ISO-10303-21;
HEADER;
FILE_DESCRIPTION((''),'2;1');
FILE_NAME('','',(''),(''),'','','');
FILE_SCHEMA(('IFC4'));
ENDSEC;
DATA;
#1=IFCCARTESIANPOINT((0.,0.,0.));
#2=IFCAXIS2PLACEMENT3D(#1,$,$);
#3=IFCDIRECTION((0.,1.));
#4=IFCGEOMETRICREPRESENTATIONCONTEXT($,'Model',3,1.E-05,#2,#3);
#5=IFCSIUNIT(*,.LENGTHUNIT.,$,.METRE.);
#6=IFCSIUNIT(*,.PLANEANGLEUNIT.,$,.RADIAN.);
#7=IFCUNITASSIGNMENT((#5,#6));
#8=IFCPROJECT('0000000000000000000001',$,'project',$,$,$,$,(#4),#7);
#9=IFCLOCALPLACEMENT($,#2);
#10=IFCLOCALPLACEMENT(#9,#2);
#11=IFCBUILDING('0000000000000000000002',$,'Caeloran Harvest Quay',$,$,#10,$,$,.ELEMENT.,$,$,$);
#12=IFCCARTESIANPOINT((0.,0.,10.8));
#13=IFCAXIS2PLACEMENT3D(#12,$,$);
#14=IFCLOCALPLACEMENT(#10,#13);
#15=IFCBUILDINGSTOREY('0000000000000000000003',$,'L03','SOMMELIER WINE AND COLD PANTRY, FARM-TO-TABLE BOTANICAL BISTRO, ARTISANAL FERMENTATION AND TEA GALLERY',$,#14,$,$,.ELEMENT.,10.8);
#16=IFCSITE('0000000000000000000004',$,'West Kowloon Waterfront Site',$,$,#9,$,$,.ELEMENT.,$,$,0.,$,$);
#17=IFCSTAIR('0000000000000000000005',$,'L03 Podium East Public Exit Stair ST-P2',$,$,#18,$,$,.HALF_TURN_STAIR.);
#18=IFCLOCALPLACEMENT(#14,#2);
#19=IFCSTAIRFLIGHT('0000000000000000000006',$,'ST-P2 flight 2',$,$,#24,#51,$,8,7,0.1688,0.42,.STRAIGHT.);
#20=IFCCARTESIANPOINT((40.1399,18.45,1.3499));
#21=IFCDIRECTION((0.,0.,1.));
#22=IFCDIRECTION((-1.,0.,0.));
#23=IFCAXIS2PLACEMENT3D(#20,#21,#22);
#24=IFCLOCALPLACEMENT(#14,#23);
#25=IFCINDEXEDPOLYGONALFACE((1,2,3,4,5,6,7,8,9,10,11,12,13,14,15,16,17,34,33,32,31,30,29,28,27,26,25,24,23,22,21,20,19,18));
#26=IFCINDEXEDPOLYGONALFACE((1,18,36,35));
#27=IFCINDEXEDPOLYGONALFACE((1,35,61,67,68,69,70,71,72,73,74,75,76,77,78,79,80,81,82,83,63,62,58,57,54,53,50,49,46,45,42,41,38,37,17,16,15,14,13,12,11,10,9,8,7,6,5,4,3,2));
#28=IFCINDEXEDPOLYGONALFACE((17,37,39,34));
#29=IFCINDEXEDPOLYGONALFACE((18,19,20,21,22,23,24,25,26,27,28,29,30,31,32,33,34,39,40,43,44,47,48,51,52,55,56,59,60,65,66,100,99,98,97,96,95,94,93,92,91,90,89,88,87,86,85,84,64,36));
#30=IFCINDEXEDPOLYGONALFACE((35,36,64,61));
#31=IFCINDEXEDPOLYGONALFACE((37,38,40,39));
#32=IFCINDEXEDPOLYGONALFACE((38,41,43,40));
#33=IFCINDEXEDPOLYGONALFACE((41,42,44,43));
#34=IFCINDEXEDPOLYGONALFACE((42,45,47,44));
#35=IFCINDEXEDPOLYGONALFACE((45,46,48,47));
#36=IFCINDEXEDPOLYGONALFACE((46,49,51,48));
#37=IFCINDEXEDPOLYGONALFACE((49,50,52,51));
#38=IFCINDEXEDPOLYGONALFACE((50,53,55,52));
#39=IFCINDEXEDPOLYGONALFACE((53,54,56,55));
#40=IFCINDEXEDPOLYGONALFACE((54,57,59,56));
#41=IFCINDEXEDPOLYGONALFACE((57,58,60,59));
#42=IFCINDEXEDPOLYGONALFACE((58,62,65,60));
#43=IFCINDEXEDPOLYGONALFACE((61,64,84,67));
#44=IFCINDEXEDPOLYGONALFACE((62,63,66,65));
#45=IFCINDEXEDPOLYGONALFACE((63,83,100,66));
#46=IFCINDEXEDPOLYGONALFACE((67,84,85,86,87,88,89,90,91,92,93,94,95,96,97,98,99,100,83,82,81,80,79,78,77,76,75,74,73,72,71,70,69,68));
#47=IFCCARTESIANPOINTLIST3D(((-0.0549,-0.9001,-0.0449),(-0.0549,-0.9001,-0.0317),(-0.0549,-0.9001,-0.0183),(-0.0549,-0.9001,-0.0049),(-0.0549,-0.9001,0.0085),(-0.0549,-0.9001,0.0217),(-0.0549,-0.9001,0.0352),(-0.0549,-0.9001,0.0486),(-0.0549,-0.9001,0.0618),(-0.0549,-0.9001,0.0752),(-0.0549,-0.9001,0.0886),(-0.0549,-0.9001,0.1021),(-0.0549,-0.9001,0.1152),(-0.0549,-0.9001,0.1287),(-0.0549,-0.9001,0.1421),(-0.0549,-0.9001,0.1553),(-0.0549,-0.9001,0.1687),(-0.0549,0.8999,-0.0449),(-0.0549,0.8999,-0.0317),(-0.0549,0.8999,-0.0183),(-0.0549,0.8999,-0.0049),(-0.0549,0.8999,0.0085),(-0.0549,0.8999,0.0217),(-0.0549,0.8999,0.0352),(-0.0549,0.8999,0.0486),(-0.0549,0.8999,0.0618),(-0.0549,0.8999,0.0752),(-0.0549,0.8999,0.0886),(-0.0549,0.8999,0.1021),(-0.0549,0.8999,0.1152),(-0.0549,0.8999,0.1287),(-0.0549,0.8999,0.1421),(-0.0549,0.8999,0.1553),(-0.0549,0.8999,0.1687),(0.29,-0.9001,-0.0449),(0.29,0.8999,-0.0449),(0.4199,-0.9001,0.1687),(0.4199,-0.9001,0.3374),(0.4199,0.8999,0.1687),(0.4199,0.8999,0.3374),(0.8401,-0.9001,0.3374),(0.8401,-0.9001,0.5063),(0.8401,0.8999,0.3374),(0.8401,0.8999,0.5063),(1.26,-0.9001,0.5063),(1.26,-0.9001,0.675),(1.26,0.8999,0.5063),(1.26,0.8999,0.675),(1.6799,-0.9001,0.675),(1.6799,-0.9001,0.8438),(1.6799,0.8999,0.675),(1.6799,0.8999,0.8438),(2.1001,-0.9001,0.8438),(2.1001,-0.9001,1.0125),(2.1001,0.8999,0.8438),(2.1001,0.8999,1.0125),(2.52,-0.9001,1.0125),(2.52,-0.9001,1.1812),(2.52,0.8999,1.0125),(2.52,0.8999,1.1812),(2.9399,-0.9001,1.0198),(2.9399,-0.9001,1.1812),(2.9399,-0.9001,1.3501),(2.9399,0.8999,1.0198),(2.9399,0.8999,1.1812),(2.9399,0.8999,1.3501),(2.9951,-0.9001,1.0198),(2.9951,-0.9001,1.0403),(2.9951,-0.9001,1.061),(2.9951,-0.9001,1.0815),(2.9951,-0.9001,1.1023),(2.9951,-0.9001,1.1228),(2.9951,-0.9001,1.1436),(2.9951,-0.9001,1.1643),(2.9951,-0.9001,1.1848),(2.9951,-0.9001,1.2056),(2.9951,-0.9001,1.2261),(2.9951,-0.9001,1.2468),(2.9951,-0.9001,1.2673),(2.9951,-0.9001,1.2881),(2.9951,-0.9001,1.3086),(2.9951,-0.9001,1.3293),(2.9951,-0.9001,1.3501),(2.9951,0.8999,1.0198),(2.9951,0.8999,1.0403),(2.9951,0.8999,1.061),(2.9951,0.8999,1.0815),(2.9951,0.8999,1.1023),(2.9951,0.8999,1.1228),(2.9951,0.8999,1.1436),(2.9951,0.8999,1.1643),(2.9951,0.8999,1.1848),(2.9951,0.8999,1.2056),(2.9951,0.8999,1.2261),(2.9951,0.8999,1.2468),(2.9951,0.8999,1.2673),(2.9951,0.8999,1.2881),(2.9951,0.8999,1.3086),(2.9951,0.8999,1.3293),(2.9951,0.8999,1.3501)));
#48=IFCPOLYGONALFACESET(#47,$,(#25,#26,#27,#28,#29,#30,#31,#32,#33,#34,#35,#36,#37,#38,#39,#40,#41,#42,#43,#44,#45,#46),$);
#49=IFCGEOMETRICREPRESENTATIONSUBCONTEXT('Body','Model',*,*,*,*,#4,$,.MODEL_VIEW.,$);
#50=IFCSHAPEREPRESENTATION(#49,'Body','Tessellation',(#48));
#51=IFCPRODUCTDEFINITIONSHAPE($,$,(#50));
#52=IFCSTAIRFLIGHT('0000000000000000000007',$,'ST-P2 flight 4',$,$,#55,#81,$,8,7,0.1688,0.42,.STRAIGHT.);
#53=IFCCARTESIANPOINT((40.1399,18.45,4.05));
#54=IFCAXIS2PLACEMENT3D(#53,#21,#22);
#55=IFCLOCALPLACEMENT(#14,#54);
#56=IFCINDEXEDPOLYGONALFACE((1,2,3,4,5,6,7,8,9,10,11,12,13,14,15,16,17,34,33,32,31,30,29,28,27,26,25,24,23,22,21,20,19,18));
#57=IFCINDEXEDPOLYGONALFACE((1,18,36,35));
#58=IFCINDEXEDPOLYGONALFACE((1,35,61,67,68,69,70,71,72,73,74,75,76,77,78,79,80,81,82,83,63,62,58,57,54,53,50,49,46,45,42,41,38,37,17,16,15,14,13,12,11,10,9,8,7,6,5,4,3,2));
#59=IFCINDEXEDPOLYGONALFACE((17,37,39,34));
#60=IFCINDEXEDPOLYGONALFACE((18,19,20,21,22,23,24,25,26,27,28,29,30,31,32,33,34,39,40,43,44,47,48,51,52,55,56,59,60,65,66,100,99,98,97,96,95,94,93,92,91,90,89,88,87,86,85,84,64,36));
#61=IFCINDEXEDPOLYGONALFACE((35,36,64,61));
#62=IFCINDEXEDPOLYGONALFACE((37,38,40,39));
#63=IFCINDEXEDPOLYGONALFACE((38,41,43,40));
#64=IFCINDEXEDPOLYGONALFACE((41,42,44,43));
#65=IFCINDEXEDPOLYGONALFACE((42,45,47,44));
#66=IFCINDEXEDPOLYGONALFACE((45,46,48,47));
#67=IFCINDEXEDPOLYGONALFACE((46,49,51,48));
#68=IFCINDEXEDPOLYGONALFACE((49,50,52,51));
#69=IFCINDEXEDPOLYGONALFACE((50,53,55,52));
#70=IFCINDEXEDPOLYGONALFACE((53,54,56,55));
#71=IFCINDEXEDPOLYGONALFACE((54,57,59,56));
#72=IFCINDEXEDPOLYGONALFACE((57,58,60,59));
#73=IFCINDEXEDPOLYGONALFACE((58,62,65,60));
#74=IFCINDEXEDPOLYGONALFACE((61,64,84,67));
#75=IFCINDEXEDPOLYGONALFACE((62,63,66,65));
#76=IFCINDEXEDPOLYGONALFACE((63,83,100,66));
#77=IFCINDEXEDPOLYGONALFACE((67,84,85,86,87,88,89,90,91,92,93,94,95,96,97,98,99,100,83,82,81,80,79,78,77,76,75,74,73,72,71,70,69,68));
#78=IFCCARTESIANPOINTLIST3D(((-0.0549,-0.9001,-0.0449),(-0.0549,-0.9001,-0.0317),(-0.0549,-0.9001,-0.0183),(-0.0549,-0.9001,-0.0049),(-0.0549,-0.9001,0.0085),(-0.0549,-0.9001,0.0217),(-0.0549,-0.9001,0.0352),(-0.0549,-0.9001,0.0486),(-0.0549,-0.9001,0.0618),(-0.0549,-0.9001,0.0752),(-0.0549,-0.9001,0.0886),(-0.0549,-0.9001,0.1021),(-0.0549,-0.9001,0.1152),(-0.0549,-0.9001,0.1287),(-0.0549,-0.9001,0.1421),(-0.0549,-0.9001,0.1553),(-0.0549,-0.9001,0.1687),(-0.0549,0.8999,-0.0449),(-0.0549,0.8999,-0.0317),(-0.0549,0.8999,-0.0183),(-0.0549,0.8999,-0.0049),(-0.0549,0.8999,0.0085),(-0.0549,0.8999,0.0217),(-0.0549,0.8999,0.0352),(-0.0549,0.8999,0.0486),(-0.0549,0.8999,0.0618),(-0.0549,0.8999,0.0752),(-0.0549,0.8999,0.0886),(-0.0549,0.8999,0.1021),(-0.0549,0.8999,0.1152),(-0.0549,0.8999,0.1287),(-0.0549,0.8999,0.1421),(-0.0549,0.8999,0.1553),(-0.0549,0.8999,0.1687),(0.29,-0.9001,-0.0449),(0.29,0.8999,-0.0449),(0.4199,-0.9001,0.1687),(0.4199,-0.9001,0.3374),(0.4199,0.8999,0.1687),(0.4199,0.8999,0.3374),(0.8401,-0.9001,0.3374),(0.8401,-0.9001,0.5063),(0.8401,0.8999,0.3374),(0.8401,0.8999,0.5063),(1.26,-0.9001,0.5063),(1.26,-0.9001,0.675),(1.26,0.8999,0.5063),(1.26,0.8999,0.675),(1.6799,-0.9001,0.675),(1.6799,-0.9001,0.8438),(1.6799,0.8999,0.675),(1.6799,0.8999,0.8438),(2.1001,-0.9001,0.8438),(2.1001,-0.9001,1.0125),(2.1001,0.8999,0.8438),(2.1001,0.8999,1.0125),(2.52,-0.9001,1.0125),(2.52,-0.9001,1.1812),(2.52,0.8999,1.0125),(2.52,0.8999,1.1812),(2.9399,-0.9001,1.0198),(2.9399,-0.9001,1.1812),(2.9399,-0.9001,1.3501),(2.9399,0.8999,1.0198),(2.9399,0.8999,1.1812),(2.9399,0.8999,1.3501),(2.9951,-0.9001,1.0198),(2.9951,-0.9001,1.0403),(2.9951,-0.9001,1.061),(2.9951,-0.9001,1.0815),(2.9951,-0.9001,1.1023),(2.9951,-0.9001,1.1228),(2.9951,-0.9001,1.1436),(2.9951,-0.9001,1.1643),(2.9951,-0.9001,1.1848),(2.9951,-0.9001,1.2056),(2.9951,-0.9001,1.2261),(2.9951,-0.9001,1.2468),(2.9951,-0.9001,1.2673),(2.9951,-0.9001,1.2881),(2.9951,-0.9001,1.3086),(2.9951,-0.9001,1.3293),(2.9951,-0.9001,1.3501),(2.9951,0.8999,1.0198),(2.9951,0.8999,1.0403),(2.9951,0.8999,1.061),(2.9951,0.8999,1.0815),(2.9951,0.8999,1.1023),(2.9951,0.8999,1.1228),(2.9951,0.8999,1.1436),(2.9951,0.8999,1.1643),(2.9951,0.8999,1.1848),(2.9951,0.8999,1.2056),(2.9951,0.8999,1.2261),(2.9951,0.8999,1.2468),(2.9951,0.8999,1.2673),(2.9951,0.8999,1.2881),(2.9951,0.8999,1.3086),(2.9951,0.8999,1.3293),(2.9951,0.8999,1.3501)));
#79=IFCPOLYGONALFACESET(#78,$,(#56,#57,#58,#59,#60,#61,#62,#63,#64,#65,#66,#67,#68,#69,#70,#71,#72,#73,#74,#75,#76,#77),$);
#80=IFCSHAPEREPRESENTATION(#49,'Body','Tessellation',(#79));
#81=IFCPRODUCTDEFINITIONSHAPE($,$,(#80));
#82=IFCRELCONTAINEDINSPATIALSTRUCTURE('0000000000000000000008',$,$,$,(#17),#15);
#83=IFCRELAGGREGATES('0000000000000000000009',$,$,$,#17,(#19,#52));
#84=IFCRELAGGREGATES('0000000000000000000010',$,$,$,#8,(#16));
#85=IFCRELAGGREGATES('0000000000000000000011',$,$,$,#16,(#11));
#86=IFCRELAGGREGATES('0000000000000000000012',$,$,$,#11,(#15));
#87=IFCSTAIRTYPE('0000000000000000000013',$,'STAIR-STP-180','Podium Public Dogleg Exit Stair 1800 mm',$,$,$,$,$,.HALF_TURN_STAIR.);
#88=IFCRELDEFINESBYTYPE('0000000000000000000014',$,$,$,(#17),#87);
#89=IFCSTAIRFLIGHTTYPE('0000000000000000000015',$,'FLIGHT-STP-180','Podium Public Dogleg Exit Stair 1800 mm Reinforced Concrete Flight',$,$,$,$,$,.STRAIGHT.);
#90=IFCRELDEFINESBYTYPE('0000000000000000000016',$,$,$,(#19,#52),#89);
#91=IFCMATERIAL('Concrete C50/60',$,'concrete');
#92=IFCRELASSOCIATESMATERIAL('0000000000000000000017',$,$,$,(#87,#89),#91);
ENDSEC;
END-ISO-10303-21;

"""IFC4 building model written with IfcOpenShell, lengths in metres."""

from ifc_helpers import new_model, si_unit, direction, frame, origin, place, context, subcontext, project, spatial, polyline, outline, extrude, material, type_object, element, aggregate, save


model = new_model("IFC4")

# Units and contexts
model_context = context("Model", 3, precision=1e-05, world=origin(), true_north=direction((0.0, 1.0)))
body_context = subcontext(model_context, "Body", "Model", "MODEL_VIEW")
ifc_project = project(units=[si_unit("LENGTHUNIT", "METRE"), si_unit("PLANEANGLEUNIT", "RADIAN")], contexts=[model_context])

# Site, building, storey
site_placement = place(None, origin())
site = spatial("IfcSite", under=ifc_project, at=site_placement, Name="West Kowloon Waterfront Site", CompositionType="ELEMENT", RefElevation=0.0)
building_placement = place(site_placement, origin())
building = spatial("IfcBuilding", under=site, at=building_placement, Name="Caeloran Harvest Quay", CompositionType="ELEMENT")
storey_placement = place(building_placement, frame((0.0, 0.0, 10.8)))
storey = spatial("IfcBuildingStorey", under=building, at=storey_placement, Name="L03", Description="SOMMELIER WINE AND COLD PANTRY, FARM-TO-TABLE BOTANICAL BISTRO, ARTISANAL FERMENTATION AND TEA GALLERY", CompositionType="ELEMENT", Elevation=10.8)

# Stair, stair flights
ifc_material_1 = material(Name="Concrete C50/60", Category="concrete")
stair_type = type_object("IfcStairType", Name="STAIR-STP-180", Description="Podium Public Dogleg Exit Stair 1800 mm", PredefinedType="HALF_TURN_STAIR", material=ifc_material_1)
stair_placement = place(storey_placement, origin())
stair = element("IfcStair", 1, at=stair_placement, inside=storey, type_object=stair_type, Name="L03 Podium East Public Exit Stair ST-P2", PredefinedType="HALF_TURN_STAIR")
stair_flight_type = type_object("IfcStairFlightType", Name="FLIGHT-STP-180", Description="Podium Public Dogleg Exit Stair 1800 mm Reinforced Concrete Flight", PredefinedType="STRAIGHT", material=ifc_material_1)
stair_flight_1_placement = place(storey_placement, frame((40.1399, 18.45, 1.3499), z_axis=(0.0, 0.0, 1.0), x_axis=(-1.0, 0.0, 0.0)))
stair_flight_1 = element("IfcStairFlight", 2, at=stair_flight_1_placement, type_object=stair_flight_type, Name="ST-P2 flight 2", NumberOfRisers=8, NumberOfTreads=7, PredefinedType="STRAIGHT", RiserHeight=0.1688, TreadLength=0.42, context=body_context, shape_type="SweptSolid", body=[
    extrude(outline(polyline([(-0.0549, -0.0449), (-0.0549, -0.0317), (-0.0549, -0.0183), (-0.0549, -0.0049), (-0.0549, 0.0085), (-0.0549, 0.0217), (-0.0549, 0.0352), (-0.0549, 0.0486), (-0.0549, 0.0618), (-0.0549, 0.0752), (-0.0549, 0.0886), (-0.0549, 0.1021), (-0.0549, 0.1152), (-0.0549, 0.1287), (-0.0549, 0.1421), (-0.0549, 0.1553), (-0.0549, 0.1687), (0.4199, 0.1687), (0.4199, 0.3374), (0.8401, 0.3374), (0.8401, 0.5063), (1.26, 0.5063), (1.26, 0.675), (1.6799, 0.675), (1.6799, 0.8438), (2.1001, 0.8438), (2.1001, 1.0125), (2.52, 1.0125), (2.52, 1.1812), (2.9399, 1.1812), (2.9399, 1.3501), (2.9951, 1.3501), (2.9951, 1.3293), (2.9951, 1.3086), (2.9951, 1.2881), (2.9951, 1.2673), (2.9951, 1.2468), (2.9951, 1.2261), (2.9951, 1.2056), (2.9951, 1.1848), (2.9951, 1.1643), (2.9951, 1.1436), (2.9951, 1.1228), (2.9951, 1.1023), (2.9951, 1.0815), (2.9951, 1.061), (2.9951, 1.0403), (2.9951, 1.0198), (2.9399, 1.0198), (0.29, -0.0449), (-0.0549, -0.0449)])), frame((0.0, 0.8999, 0.0), z_axis=(0.0, -1.0, 0.0), x_axis=(1.0, 0.0, 0.0)), (0.0, 0.0, 1.0), 1.8),
])
stair_flight_2_placement = place(storey_placement, frame((40.1399, 18.45, 4.05), z_axis=(0.0, 0.0, 1.0), x_axis=(-1.0, 0.0, 0.0)))
stair_flight_2 = element("IfcStairFlight", 3, at=stair_flight_2_placement, type_object=stair_flight_type, Name="ST-P2 flight 4", NumberOfRisers=8, NumberOfTreads=7, PredefinedType="STRAIGHT", RiserHeight=0.1688, TreadLength=0.42, context=body_context, shape_type="SweptSolid", body=[
    extrude(outline(polyline([(-0.0549, -0.0449), (-0.0549, -0.0317), (-0.0549, -0.0183), (-0.0549, -0.0049), (-0.0549, 0.0085), (-0.0549, 0.0217), (-0.0549, 0.0352), (-0.0549, 0.0486), (-0.0549, 0.0618), (-0.0549, 0.0752), (-0.0549, 0.0886), (-0.0549, 0.1021), (-0.0549, 0.1152), (-0.0549, 0.1287), (-0.0549, 0.1421), (-0.0549, 0.1553), (-0.0549, 0.1687), (0.4199, 0.1687), (0.4199, 0.3374), (0.8401, 0.3374), (0.8401, 0.5063), (1.26, 0.5063), (1.26, 0.675), (1.6799, 0.675), (1.6799, 0.8438), (2.1001, 0.8438), (2.1001, 1.0125), (2.52, 1.0125), (2.52, 1.1812), (2.9399, 1.1812), (2.9399, 1.3501), (2.9951, 1.3501), (2.9951, 1.3293), (2.9951, 1.3086), (2.9951, 1.2881), (2.9951, 1.2673), (2.9951, 1.2468), (2.9951, 1.2261), (2.9951, 1.2056), (2.9951, 1.1848), (2.9951, 1.1643), (2.9951, 1.1436), (2.9951, 1.1228), (2.9951, 1.1023), (2.9951, 1.0815), (2.9951, 1.061), (2.9951, 1.0403), (2.9951, 1.0198), (2.9399, 1.0198), (0.29, -0.0449), (-0.0549, -0.0449)])), frame((0.0, 0.8999, 0.0), z_axis=(0.0, -1.0, 0.0), x_axis=(1.0, 0.0, 0.0)), (0.0, 0.0, 1.0), 1.8),
])
aggregate(stair, [stair_flight_1, stair_flight_2])

save(model, "model.ifc")
